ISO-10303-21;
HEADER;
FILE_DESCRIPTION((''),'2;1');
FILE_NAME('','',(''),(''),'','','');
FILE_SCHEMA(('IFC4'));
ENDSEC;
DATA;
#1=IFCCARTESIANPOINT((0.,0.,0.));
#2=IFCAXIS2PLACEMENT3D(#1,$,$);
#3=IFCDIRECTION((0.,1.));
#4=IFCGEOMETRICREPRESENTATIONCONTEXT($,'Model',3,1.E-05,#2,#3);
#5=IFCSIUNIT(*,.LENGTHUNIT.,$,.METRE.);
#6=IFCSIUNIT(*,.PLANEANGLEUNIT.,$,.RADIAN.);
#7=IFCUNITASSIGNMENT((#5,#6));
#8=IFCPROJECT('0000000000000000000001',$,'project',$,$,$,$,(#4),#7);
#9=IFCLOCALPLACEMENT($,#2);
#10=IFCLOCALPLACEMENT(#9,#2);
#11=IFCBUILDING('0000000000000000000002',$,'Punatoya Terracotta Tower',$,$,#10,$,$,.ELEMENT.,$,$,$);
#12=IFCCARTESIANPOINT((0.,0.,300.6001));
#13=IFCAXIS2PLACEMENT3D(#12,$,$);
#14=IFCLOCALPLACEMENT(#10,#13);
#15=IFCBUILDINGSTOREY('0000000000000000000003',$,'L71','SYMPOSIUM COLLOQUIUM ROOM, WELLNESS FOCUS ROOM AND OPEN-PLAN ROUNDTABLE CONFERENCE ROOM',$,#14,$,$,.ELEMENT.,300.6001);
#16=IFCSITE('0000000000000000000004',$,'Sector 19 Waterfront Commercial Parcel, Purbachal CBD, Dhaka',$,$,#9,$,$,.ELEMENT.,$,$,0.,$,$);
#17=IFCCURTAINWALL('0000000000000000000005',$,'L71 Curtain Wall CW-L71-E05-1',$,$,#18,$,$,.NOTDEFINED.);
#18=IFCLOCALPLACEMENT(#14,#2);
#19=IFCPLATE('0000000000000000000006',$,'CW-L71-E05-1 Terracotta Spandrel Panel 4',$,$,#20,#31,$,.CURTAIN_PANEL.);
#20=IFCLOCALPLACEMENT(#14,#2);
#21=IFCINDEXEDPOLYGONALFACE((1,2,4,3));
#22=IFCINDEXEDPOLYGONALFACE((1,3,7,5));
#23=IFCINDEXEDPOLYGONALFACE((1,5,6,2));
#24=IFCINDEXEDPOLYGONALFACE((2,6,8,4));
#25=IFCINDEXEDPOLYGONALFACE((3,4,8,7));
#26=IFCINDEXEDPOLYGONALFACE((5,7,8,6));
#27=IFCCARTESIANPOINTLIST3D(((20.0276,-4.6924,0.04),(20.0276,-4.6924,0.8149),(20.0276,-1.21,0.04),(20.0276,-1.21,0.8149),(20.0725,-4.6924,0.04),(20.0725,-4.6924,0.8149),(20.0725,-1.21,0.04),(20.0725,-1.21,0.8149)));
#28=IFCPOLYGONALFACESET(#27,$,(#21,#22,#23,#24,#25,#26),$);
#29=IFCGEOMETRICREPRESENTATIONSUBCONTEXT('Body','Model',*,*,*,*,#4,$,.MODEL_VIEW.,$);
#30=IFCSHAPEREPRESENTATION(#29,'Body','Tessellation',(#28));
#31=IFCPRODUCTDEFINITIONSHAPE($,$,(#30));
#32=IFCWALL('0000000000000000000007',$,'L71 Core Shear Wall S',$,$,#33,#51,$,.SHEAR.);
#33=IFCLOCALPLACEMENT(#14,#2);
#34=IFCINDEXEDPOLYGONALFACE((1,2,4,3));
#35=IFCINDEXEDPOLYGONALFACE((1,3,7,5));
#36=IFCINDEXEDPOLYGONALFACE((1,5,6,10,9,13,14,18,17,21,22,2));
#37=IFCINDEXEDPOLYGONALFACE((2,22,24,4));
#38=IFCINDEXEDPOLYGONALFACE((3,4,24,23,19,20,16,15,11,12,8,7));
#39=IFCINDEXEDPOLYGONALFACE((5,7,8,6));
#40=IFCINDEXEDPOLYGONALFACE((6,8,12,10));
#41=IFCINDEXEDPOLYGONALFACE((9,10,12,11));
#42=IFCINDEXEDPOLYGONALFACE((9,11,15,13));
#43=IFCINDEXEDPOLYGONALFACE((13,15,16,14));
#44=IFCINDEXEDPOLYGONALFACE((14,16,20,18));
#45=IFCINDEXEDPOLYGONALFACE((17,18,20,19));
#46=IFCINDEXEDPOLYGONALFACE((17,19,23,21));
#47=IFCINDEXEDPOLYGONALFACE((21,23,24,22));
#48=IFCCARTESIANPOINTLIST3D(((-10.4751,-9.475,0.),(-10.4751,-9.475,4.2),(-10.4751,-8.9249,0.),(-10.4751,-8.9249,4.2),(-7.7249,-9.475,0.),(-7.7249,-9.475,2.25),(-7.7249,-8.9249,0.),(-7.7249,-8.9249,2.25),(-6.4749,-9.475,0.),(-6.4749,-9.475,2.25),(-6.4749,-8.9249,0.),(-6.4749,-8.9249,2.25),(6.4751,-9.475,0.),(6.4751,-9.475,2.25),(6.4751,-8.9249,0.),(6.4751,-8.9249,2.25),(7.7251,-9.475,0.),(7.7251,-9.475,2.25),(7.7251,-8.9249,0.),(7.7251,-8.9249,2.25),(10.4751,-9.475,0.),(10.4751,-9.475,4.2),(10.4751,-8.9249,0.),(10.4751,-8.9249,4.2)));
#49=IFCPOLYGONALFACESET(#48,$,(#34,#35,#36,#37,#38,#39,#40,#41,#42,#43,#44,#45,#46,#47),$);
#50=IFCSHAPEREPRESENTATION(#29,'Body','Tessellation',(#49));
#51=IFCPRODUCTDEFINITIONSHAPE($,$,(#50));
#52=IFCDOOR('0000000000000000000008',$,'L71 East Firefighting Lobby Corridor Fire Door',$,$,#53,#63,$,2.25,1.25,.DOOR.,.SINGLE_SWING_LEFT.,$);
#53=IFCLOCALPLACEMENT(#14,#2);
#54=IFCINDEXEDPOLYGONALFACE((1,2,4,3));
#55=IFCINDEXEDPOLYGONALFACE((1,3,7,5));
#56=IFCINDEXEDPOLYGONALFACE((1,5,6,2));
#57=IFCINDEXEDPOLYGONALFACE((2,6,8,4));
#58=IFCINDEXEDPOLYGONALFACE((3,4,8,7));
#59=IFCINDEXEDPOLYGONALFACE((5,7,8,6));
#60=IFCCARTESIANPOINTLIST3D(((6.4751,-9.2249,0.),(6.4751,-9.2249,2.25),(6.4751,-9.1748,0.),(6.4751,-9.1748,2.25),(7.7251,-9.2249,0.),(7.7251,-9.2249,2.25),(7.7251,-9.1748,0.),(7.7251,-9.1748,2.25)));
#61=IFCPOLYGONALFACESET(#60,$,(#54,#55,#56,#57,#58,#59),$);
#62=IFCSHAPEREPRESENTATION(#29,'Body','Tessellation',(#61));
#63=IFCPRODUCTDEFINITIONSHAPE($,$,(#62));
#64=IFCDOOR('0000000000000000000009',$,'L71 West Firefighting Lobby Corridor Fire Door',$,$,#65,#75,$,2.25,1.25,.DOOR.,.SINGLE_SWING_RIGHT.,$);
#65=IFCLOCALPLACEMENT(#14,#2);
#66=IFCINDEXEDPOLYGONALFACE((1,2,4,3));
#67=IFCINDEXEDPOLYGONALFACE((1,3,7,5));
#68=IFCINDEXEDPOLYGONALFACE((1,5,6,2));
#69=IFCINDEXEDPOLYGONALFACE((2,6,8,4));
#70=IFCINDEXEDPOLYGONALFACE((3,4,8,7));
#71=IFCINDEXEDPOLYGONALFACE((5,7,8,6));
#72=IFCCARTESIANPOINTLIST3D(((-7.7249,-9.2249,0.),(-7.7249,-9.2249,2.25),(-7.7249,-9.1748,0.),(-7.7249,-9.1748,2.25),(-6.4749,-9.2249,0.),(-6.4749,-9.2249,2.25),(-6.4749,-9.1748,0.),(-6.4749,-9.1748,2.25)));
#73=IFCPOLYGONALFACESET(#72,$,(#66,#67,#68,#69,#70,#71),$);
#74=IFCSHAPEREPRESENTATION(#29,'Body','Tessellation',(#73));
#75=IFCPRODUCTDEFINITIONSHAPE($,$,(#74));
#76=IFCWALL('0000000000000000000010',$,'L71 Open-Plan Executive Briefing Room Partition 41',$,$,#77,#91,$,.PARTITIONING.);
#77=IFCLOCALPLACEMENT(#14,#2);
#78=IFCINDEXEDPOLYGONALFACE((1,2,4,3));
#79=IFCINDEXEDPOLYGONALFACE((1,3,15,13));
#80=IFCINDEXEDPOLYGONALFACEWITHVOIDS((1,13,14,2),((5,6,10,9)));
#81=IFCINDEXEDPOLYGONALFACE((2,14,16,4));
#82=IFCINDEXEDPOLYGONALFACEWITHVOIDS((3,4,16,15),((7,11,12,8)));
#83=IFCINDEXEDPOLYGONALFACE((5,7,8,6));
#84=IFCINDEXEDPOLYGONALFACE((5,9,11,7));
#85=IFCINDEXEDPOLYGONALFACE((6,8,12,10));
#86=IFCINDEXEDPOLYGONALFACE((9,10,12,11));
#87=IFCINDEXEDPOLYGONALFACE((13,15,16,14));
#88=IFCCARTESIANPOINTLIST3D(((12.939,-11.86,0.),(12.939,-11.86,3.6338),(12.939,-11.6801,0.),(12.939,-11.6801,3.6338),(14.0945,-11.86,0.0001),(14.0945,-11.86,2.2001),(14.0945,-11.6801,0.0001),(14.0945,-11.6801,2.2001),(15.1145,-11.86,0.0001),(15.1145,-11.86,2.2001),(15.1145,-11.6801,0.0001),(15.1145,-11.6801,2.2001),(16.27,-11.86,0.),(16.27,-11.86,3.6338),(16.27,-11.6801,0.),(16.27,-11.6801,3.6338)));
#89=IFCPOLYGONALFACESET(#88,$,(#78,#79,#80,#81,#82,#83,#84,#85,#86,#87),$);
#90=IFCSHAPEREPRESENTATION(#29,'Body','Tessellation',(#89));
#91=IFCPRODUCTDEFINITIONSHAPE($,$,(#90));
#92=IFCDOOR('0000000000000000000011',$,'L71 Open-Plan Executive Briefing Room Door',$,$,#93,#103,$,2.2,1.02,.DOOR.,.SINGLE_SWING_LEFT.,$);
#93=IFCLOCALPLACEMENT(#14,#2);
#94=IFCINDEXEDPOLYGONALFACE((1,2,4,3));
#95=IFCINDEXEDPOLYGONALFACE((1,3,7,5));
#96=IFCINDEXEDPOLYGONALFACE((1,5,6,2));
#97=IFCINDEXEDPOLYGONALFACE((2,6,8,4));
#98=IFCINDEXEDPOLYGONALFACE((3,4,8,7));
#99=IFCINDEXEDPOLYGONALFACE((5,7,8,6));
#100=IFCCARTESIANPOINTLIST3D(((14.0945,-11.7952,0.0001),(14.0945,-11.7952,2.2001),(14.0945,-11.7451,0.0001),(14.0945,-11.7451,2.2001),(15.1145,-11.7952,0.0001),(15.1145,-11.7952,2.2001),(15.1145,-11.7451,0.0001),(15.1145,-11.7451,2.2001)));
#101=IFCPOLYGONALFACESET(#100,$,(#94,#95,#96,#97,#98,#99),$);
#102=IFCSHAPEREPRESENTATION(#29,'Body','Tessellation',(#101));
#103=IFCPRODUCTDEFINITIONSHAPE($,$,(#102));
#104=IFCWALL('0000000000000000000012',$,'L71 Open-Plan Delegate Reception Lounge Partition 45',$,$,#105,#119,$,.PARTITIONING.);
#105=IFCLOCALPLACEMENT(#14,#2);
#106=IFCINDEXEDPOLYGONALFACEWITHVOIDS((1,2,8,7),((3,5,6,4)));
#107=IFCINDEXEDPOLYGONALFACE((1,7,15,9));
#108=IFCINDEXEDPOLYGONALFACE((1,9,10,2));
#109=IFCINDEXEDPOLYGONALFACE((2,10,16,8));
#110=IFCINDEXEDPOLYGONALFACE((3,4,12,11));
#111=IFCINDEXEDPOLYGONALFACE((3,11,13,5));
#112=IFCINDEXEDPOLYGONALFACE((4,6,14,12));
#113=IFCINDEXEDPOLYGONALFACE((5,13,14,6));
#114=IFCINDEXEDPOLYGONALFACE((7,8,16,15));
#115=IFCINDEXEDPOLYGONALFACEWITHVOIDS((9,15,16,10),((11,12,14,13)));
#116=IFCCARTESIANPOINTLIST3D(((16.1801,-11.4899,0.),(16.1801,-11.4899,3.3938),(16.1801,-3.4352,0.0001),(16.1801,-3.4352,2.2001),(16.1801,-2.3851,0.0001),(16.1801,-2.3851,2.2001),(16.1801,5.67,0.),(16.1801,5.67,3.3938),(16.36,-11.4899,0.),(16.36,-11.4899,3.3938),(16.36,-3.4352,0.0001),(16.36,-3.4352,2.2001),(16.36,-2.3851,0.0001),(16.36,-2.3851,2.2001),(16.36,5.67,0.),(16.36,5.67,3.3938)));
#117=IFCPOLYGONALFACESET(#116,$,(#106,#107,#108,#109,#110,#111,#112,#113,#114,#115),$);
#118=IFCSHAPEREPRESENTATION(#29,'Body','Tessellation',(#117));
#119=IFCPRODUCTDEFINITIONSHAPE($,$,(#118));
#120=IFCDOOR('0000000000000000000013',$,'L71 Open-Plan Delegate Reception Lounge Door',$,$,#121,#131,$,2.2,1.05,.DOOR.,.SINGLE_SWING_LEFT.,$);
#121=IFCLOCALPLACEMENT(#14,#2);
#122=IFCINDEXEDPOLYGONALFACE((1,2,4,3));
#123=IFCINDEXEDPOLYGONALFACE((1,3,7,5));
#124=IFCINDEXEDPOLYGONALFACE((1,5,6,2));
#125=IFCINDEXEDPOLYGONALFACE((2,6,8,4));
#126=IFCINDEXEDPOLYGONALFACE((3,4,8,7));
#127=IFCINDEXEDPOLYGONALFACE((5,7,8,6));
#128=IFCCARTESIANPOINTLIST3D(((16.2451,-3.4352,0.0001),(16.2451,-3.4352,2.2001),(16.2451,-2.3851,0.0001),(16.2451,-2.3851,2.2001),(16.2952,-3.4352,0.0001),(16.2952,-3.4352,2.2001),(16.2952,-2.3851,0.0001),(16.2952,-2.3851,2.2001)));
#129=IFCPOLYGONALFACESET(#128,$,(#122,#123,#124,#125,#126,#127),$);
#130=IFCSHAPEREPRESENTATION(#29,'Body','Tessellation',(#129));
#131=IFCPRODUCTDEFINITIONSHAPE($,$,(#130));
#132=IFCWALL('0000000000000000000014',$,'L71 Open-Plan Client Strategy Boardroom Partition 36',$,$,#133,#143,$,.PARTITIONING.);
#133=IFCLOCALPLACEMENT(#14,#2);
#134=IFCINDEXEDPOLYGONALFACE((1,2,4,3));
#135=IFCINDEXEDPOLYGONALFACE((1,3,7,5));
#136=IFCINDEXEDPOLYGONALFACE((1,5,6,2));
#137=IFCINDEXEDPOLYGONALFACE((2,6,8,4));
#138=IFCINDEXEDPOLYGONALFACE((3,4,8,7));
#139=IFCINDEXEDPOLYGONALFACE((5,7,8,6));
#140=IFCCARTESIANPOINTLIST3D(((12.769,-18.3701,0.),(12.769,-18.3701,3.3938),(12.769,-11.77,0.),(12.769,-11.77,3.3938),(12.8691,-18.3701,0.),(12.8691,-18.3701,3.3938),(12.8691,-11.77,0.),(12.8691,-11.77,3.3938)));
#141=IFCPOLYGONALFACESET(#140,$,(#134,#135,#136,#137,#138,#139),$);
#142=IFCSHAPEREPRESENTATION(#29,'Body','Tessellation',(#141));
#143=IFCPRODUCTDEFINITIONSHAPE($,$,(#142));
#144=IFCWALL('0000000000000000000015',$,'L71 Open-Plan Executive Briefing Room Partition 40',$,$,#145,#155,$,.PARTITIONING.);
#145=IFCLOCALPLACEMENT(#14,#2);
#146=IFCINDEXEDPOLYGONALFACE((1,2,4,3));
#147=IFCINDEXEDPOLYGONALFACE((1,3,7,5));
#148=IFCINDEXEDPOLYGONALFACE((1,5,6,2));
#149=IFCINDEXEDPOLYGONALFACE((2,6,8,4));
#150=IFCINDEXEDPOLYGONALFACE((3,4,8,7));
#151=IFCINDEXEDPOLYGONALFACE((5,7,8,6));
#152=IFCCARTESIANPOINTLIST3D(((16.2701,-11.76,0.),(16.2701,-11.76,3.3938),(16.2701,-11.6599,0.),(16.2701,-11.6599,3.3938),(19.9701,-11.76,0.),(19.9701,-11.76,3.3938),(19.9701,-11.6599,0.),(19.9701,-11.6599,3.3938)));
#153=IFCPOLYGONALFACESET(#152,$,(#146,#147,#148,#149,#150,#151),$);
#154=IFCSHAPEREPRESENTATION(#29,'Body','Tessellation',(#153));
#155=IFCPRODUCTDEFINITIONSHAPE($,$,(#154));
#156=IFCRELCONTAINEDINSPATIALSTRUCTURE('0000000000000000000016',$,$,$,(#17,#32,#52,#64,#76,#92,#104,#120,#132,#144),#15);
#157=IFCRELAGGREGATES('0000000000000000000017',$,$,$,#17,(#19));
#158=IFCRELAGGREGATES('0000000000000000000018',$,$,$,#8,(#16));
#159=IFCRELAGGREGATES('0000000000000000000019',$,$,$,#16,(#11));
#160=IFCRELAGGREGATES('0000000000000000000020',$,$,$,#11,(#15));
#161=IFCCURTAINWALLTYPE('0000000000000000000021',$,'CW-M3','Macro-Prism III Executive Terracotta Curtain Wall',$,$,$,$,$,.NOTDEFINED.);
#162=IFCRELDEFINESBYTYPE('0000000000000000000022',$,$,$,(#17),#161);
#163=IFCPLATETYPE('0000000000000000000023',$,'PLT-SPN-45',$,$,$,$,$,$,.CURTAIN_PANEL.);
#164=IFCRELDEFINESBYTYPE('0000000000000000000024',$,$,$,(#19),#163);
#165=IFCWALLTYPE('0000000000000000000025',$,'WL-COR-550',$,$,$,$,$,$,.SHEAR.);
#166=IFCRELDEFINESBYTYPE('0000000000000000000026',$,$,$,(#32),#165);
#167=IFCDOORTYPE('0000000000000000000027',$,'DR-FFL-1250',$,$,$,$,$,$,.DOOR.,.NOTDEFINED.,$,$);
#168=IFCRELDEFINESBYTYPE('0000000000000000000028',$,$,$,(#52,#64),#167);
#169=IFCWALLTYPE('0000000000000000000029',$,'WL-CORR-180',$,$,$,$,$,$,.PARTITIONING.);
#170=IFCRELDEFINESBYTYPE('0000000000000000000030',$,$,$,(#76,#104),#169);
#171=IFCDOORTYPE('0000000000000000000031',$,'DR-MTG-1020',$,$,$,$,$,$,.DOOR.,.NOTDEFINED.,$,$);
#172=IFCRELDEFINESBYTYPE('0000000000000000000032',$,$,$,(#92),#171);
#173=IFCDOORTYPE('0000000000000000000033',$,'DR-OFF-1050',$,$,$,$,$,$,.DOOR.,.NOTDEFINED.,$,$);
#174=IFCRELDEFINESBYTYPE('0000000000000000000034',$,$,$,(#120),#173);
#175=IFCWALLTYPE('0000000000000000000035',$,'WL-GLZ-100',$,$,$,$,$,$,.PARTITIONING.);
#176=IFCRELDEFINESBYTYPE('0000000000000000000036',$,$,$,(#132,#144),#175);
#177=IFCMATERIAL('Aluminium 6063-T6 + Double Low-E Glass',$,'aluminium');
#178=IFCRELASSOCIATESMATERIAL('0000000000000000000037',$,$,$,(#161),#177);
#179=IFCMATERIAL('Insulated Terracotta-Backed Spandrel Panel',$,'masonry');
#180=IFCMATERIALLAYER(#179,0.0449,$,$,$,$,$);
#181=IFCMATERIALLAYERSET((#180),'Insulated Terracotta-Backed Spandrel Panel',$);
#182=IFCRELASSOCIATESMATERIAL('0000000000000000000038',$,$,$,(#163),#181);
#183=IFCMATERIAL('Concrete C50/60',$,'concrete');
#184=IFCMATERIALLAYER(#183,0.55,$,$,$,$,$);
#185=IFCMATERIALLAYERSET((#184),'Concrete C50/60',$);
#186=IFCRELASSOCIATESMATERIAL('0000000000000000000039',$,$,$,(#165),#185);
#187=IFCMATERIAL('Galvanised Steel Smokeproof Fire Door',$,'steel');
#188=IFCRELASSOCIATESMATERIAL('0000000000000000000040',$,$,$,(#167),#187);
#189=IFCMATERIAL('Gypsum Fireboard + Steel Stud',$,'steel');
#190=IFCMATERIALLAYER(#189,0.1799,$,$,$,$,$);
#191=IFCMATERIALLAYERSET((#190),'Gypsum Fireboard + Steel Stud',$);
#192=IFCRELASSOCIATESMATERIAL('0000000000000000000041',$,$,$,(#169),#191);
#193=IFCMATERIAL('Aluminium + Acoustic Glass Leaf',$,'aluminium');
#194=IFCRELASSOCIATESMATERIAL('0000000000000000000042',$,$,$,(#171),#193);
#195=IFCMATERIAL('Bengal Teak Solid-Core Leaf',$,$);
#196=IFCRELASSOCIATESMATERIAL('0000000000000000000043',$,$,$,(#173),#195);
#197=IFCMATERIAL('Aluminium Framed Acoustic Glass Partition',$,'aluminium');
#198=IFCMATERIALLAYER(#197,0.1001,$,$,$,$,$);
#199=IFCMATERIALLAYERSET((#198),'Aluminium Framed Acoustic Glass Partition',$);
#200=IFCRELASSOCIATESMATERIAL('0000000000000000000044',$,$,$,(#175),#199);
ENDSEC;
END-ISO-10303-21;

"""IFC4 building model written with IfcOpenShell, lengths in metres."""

from ifc_helpers import new_model, si_unit, direction, frame, frame_2d, origin, origin_2d, place, context, subcontext, project, spatial, rectangle, extrude, material, layer, layer_set, type_object, element, fill, aggregate, save


model = new_model("IFC4")

# Units and contexts
model_context = context("Model", 3, precision=1e-05, world=origin(), true_north=direction((0.0, 1.0)))
body_context = subcontext(model_context, "Body", "Model", "MODEL_VIEW")
ifc_project = project(units=[si_unit("LENGTHUNIT", "METRE"), si_unit("PLANEANGLEUNIT", "RADIAN")], contexts=[model_context])

# Site, building, storey
site_placement = place(None, origin())
site = spatial("IfcSite", under=ifc_project, at=site_placement, Name="Sector 19 Waterfront Commercial Parcel, Purbachal CBD, Dhaka", CompositionType="ELEMENT", RefElevation=0.0)
building_placement = place(site_placement, origin())
building = spatial("IfcBuilding", under=site, at=building_placement, Name="Punatoya Terracotta Tower", CompositionType="ELEMENT")
storey_placement = place(building_placement, frame((0.0, 0.0, 300.6001)))
storey = spatial("IfcBuildingStorey", under=building, at=storey_placement, Name="L71", Description="SYMPOSIUM COLLOQUIUM ROOM, WELLNESS FOCUS ROOM AND OPEN-PLAN ROUNDTABLE CONFERENCE ROOM", CompositionType="ELEMENT", Elevation=300.6001)

# Curtain wall, plate
ifc_material_1 = material(Name="Aluminium 6063-T6 + Double Low-E Glass", Category="aluminium")
curtain_wall_type = type_object("IfcCurtainWallType", Name="CW-M3", Description="Macro-Prism III Executive Terracotta Curtain Wall", PredefinedType="NOTDEFINED", material=ifc_material_1)
curtain_wall_placement = place(storey_placement, origin())
curtain_wall = element("IfcCurtainWall", 1, at=curtain_wall_placement, inside=storey, type_object=curtain_wall_type, Name="L71 Curtain Wall CW-L71-E05-1", PredefinedType="NOTDEFINED")
ifc_material_2 = material(Name="Insulated Terracotta-Backed Spandrel Panel", Category="masonry")
ifc_layer_1 = layer(ifc_material_2, 0.0449)
ifc_layer_set_1 = layer_set([ifc_layer_1], Name="Insulated Terracotta-Backed Spandrel Panel")
plate_type_1 = type_object("IfcPlateType", Name="PLT-SPN-45", PredefinedType="CURTAIN_PANEL", material=ifc_layer_set_1)
plate_1_placement = place(storey_placement, frame((20.05, -2.9512, 0.04), z_axis=(0.0, 0.0, 1.0), x_axis=(0.0, 1.0, 0.0)))
plate_1 = element("IfcPlate", 2, at=plate_1_placement, type_object=plate_type_1, Name="CW-L71-E05-1 Terracotta Spandrel Panel 4", PredefinedType="CURTAIN_PANEL", context=body_context, shape_type="SweptSolid", body=[
    extrude(rectangle(XDim=3.4824, YDim=0.0449, at=origin_2d()), origin(), (0.0, 0.0, 1.0), 0.7749),
])
aggregate(curtain_wall, [plate_1])

# Wall, openings, doors
ifc_material_3 = material(Name="Concrete C50/60", Category="concrete")
ifc_layer_2 = layer(ifc_material_3, 0.55)
ifc_layer_set_2 = layer_set([ifc_layer_2], Name="Concrete C50/60")
wall_type_1 = type_object("IfcWallType", Name="WL-COR-550", PredefinedType="SHEAR", material=ifc_layer_set_2)
wall_1_placement = place(storey_placement, frame((10.4751, -9.2, 0.0), z_axis=(0.0, 0.0, 1.0), x_axis=(-1.0, 0.0, 0.0)))
wall_1 = element("IfcWall", 3, at=wall_1_placement, inside=storey, type_object=wall_type_1, Name="L71 Core Shear Wall S", PredefinedType="SHEAR", context=body_context, shape_type="SweptSolid", body=[
    extrude(rectangle(XDim=20.9502, YDim=0.55, at=frame_2d((10.4751, 0.0))), origin(), (0.0, 0.0, 1.0), 4.2),
])
opening_1_placement = place(wall_1_placement, frame((2.75, 0.0, 0.0)))
opening_1 = element("IfcOpeningElement", 4, at=opening_1_placement, cuts=wall_1, PredefinedType="OPENING", context=body_context, shape_type="SweptSolid", body=[
    extrude(rectangle(XDim=1.25, YDim=2.25, at=frame_2d((0.625, 1.125))), frame((0.0, 0.2849, 0.0), z_axis=(0.0, -1.0, 0.0), x_axis=(1.0, 0.0, 0.0)), (0.0, 0.0, 1.0), 0.5701),
])
opening_2_placement = place(wall_1_placement, frame((16.95, 0.0, 0.0)))
opening_2 = element("IfcOpeningElement", 5, at=opening_2_placement, cuts=wall_1, PredefinedType="OPENING", context=body_context, shape_type="SweptSolid", body=[
    extrude(rectangle(XDim=1.25, YDim=2.25, at=frame_2d((0.625, 1.125))), frame((0.0, 0.2849, 0.0), z_axis=(0.0, -1.0, 0.0), x_axis=(1.0, 0.0, 0.0)), (0.0, 0.0, 1.0), 0.5701),
])
ifc_material_4 = material(Name="Galvanised Steel Smokeproof Fire Door", Category="steel")
door_type_1 = type_object("IfcDoorType", Name="DR-FFL-1250", OperationType="NOTDEFINED", PredefinedType="DOOR", material=ifc_material_4)
door_1_placement = place(opening_1_placement, origin())
door_1 = element("IfcDoor", 6, at=door_1_placement, inside=storey, type_object=door_type_1, Name="L71 East Firefighting Lobby Corridor Fire Door", OperationType="SINGLE_SWING_LEFT", OverallHeight=2.25, OverallWidth=1.25, PredefinedType="DOOR", context=body_context, shape_type="SweptSolid", body=[
    extrude(rectangle(XDim=1.25, YDim=2.25, at=frame_2d((0.625, 1.125))), frame((0.0, 0.0249, 0.0), z_axis=(0.0, -1.0, 0.0), x_axis=(1.0, 0.0, 0.0)), (0.0, 0.0, 1.0), 0.05),
])
fill(opening_1, door_1)
door_2_placement = place(opening_2_placement, origin())
door_2 = element("IfcDoor", 7, at=door_2_placement, inside=storey, type_object=door_type_1, Name="L71 West Firefighting Lobby Corridor Fire Door", OperationType="SINGLE_SWING_RIGHT", OverallHeight=2.25, OverallWidth=1.25, PredefinedType="DOOR", context=body_context, shape_type="SweptSolid", body=[
    extrude(rectangle(XDim=1.25, YDim=2.25, at=frame_2d((0.625, 1.125))), frame((0.0, 0.0249, 0.0), z_axis=(0.0, -1.0, 0.0), x_axis=(1.0, 0.0, 0.0)), (0.0, 0.0, 1.0), 0.05),
])
fill(opening_2, door_2)

# Walls, openings, doors
ifc_material_5 = material(Name="Gypsum Fireboard + Steel Stud", Category="steel")
ifc_layer_3 = layer(ifc_material_5, 0.1799)
ifc_layer_set_3 = layer_set([ifc_layer_3], Name="Gypsum Fireboard + Steel Stud")
wall_type_2 = type_object("IfcWallType", Name="WL-CORR-180", PredefinedType="PARTITIONING", material=ifc_layer_set_3)
wall_2_placement = place(storey_placement, frame((12.939, -11.77, 0.0), z_axis=(0.0, 0.0, 1.0), x_axis=(1.0, 0.0, 0.0)))
wall_2 = element("IfcWall", 8, at=wall_2_placement, inside=storey, type_object=wall_type_2, Name="L71 Open-Plan Executive Briefing Room Partition 41", PredefinedType="PARTITIONING", context=body_context, shape_type="SweptSolid", body=[
    extrude(rectangle(XDim=3.3311, YDim=0.1799, at=frame_2d((1.6655, 0.0))), origin(), (0.0, 0.0, 1.0), 3.6338),
])
opening_3_placement = place(wall_2_placement, frame((1.1555, 0.0, 0.0)))
opening_3 = element("IfcOpeningElement", 9, at=opening_3_placement, cuts=wall_2, PredefinedType="OPENING", context=body_context, shape_type="SweptSolid", body=[
    extrude(rectangle(XDim=1.02, YDim=2.2, at=frame_2d((0.51, 1.1001))), frame((0.0, 0.0999, 0.0), z_axis=(0.0, -1.0, 0.0), x_axis=(1.0, 0.0, 0.0)), (0.0, 0.0, 1.0), 0.2),
])
ifc_material_6 = material(Name="Aluminium + Acoustic Glass Leaf", Category="aluminium")
door_type_2 = type_object("IfcDoorType", Name="DR-MTG-1020", OperationType="NOTDEFINED", PredefinedType="DOOR", material=ifc_material_6)
door_3_placement = place(opening_3_placement, origin())
door_3 = element("IfcDoor", 10, at=door_3_placement, inside=storey, type_object=door_type_2, Name="L71 Open-Plan Executive Briefing Room Door", OperationType="SINGLE_SWING_LEFT", OverallHeight=2.2, OverallWidth=1.02, PredefinedType="DOOR", context=body_context, shape_type="SweptSolid", body=[
    extrude(rectangle(XDim=1.02, YDim=2.2, at=frame_2d((0.51, 1.1001))), frame((0.0, 0.0249, 0.0), z_axis=(0.0, -1.0, 0.0), x_axis=(1.0, 0.0, 0.0)), (0.0, 0.0, 1.0), 0.05),
])
fill(opening_3, door_3)
wall_3_placement = place(storey_placement, frame((16.27, -11.49, 0.0), z_axis=(0.0, 0.0, 1.0), x_axis=(0.0, 1.0, 0.0)))
wall_3 = element("IfcWall", 11, at=wall_3_placement, inside=storey, type_object=wall_type_2, Name="L71 Open-Plan Delegate Reception Lounge Partition 45", PredefinedType="PARTITIONING", context=body_context, shape_type="SweptSolid", body=[
    extrude(rectangle(XDim=17.1599, YDim=0.1799, at=frame_2d((8.5801, 0.0))), origin(), (0.0, 0.0, 1.0), 3.3938),
])
opening_4_placement = place(wall_3_placement, frame((8.0549, 0.0, 0.0)))
opening_4 = element("IfcOpeningElement", 12, at=opening_4_placement, cuts=wall_3, PredefinedType="OPENING", context=body_context, shape_type="SweptSolid", body=[
    extrude(rectangle(XDim=1.05, YDim=2.2, at=frame_2d((0.5249, 1.1001))), frame((0.0, 0.0999, 0.0), z_axis=(0.0, -1.0, 0.0), x_axis=(1.0, 0.0, 0.0)), (0.0, 0.0, 1.0), 0.2),
])
ifc_material_7 = material(Name="Bengal Teak Solid-Core Leaf")
door_type_3 = type_object("IfcDoorType", Name="DR-OFF-1050", OperationType="NOTDEFINED", PredefinedType="DOOR", material=ifc_material_7)
door_4_placement = place(opening_4_placement, origin())
door_4 = element("IfcDoor", 13, at=door_4_placement, inside=storey, type_object=door_type_3, Name="L71 Open-Plan Delegate Reception Lounge Door", OperationType="SINGLE_SWING_LEFT", OverallHeight=2.2, OverallWidth=1.05, PredefinedType="DOOR", context=body_context, shape_type="SweptSolid", body=[
    extrude(rectangle(XDim=1.05, YDim=2.2, at=frame_2d((0.5249, 1.1001))), frame((0.0, 0.0249, 0.0), z_axis=(0.0, -1.0, 0.0), x_axis=(1.0, 0.0, 0.0)), (0.0, 0.0, 1.0), 0.05),
])
fill(opening_4, door_4)

# Walls
ifc_material_8 = material(Name="Aluminium Framed Acoustic Glass Partition", Category="aluminium")
ifc_layer_4 = layer(ifc_material_8, 0.1001)
ifc_layer_set_4 = layer_set([ifc_layer_4], Name="Aluminium Framed Acoustic Glass Partition")
wall_type_3 = type_object("IfcWallType", Name="WL-GLZ-100", PredefinedType="PARTITIONING", material=ifc_layer_set_4)
wall_4_placement = place(storey_placement, frame((12.8191, -11.77, 0.0), z_axis=(0.0, 0.0, 1.0), x_axis=(0.0, -1.0, 0.0)))
element("IfcWall", 14, at=wall_4_placement, inside=storey, type_object=wall_type_3, Name="L71 Open-Plan Client Strategy Boardroom Partition 36", PredefinedType="PARTITIONING", context=body_context, shape_type="SweptSolid", body=[
    extrude(rectangle(XDim=6.6001, YDim=0.1001, at=frame_2d((3.3, 0.0))), origin(), (0.0, 0.0, 1.0), 3.3938),
])
wall_5_placement = place(storey_placement, frame((16.27, -11.71, 0.0), z_axis=(0.0, 0.0, 1.0), x_axis=(1.0, 0.0, 0.0)))
element("IfcWall", 15, at=wall_5_placement, inside=storey, type_object=wall_type_3, Name="L71 Open-Plan Executive Briefing Room Partition 40", PredefinedType="PARTITIONING", context=body_context, shape_type="SweptSolid", body=[
    extrude(rectangle(XDim=3.7, YDim=0.1001, at=frame_2d((1.8501, 0.0))), origin(), (0.0, 0.0, 1.0), 3.3938),
])

save(model, "model.ifc")
